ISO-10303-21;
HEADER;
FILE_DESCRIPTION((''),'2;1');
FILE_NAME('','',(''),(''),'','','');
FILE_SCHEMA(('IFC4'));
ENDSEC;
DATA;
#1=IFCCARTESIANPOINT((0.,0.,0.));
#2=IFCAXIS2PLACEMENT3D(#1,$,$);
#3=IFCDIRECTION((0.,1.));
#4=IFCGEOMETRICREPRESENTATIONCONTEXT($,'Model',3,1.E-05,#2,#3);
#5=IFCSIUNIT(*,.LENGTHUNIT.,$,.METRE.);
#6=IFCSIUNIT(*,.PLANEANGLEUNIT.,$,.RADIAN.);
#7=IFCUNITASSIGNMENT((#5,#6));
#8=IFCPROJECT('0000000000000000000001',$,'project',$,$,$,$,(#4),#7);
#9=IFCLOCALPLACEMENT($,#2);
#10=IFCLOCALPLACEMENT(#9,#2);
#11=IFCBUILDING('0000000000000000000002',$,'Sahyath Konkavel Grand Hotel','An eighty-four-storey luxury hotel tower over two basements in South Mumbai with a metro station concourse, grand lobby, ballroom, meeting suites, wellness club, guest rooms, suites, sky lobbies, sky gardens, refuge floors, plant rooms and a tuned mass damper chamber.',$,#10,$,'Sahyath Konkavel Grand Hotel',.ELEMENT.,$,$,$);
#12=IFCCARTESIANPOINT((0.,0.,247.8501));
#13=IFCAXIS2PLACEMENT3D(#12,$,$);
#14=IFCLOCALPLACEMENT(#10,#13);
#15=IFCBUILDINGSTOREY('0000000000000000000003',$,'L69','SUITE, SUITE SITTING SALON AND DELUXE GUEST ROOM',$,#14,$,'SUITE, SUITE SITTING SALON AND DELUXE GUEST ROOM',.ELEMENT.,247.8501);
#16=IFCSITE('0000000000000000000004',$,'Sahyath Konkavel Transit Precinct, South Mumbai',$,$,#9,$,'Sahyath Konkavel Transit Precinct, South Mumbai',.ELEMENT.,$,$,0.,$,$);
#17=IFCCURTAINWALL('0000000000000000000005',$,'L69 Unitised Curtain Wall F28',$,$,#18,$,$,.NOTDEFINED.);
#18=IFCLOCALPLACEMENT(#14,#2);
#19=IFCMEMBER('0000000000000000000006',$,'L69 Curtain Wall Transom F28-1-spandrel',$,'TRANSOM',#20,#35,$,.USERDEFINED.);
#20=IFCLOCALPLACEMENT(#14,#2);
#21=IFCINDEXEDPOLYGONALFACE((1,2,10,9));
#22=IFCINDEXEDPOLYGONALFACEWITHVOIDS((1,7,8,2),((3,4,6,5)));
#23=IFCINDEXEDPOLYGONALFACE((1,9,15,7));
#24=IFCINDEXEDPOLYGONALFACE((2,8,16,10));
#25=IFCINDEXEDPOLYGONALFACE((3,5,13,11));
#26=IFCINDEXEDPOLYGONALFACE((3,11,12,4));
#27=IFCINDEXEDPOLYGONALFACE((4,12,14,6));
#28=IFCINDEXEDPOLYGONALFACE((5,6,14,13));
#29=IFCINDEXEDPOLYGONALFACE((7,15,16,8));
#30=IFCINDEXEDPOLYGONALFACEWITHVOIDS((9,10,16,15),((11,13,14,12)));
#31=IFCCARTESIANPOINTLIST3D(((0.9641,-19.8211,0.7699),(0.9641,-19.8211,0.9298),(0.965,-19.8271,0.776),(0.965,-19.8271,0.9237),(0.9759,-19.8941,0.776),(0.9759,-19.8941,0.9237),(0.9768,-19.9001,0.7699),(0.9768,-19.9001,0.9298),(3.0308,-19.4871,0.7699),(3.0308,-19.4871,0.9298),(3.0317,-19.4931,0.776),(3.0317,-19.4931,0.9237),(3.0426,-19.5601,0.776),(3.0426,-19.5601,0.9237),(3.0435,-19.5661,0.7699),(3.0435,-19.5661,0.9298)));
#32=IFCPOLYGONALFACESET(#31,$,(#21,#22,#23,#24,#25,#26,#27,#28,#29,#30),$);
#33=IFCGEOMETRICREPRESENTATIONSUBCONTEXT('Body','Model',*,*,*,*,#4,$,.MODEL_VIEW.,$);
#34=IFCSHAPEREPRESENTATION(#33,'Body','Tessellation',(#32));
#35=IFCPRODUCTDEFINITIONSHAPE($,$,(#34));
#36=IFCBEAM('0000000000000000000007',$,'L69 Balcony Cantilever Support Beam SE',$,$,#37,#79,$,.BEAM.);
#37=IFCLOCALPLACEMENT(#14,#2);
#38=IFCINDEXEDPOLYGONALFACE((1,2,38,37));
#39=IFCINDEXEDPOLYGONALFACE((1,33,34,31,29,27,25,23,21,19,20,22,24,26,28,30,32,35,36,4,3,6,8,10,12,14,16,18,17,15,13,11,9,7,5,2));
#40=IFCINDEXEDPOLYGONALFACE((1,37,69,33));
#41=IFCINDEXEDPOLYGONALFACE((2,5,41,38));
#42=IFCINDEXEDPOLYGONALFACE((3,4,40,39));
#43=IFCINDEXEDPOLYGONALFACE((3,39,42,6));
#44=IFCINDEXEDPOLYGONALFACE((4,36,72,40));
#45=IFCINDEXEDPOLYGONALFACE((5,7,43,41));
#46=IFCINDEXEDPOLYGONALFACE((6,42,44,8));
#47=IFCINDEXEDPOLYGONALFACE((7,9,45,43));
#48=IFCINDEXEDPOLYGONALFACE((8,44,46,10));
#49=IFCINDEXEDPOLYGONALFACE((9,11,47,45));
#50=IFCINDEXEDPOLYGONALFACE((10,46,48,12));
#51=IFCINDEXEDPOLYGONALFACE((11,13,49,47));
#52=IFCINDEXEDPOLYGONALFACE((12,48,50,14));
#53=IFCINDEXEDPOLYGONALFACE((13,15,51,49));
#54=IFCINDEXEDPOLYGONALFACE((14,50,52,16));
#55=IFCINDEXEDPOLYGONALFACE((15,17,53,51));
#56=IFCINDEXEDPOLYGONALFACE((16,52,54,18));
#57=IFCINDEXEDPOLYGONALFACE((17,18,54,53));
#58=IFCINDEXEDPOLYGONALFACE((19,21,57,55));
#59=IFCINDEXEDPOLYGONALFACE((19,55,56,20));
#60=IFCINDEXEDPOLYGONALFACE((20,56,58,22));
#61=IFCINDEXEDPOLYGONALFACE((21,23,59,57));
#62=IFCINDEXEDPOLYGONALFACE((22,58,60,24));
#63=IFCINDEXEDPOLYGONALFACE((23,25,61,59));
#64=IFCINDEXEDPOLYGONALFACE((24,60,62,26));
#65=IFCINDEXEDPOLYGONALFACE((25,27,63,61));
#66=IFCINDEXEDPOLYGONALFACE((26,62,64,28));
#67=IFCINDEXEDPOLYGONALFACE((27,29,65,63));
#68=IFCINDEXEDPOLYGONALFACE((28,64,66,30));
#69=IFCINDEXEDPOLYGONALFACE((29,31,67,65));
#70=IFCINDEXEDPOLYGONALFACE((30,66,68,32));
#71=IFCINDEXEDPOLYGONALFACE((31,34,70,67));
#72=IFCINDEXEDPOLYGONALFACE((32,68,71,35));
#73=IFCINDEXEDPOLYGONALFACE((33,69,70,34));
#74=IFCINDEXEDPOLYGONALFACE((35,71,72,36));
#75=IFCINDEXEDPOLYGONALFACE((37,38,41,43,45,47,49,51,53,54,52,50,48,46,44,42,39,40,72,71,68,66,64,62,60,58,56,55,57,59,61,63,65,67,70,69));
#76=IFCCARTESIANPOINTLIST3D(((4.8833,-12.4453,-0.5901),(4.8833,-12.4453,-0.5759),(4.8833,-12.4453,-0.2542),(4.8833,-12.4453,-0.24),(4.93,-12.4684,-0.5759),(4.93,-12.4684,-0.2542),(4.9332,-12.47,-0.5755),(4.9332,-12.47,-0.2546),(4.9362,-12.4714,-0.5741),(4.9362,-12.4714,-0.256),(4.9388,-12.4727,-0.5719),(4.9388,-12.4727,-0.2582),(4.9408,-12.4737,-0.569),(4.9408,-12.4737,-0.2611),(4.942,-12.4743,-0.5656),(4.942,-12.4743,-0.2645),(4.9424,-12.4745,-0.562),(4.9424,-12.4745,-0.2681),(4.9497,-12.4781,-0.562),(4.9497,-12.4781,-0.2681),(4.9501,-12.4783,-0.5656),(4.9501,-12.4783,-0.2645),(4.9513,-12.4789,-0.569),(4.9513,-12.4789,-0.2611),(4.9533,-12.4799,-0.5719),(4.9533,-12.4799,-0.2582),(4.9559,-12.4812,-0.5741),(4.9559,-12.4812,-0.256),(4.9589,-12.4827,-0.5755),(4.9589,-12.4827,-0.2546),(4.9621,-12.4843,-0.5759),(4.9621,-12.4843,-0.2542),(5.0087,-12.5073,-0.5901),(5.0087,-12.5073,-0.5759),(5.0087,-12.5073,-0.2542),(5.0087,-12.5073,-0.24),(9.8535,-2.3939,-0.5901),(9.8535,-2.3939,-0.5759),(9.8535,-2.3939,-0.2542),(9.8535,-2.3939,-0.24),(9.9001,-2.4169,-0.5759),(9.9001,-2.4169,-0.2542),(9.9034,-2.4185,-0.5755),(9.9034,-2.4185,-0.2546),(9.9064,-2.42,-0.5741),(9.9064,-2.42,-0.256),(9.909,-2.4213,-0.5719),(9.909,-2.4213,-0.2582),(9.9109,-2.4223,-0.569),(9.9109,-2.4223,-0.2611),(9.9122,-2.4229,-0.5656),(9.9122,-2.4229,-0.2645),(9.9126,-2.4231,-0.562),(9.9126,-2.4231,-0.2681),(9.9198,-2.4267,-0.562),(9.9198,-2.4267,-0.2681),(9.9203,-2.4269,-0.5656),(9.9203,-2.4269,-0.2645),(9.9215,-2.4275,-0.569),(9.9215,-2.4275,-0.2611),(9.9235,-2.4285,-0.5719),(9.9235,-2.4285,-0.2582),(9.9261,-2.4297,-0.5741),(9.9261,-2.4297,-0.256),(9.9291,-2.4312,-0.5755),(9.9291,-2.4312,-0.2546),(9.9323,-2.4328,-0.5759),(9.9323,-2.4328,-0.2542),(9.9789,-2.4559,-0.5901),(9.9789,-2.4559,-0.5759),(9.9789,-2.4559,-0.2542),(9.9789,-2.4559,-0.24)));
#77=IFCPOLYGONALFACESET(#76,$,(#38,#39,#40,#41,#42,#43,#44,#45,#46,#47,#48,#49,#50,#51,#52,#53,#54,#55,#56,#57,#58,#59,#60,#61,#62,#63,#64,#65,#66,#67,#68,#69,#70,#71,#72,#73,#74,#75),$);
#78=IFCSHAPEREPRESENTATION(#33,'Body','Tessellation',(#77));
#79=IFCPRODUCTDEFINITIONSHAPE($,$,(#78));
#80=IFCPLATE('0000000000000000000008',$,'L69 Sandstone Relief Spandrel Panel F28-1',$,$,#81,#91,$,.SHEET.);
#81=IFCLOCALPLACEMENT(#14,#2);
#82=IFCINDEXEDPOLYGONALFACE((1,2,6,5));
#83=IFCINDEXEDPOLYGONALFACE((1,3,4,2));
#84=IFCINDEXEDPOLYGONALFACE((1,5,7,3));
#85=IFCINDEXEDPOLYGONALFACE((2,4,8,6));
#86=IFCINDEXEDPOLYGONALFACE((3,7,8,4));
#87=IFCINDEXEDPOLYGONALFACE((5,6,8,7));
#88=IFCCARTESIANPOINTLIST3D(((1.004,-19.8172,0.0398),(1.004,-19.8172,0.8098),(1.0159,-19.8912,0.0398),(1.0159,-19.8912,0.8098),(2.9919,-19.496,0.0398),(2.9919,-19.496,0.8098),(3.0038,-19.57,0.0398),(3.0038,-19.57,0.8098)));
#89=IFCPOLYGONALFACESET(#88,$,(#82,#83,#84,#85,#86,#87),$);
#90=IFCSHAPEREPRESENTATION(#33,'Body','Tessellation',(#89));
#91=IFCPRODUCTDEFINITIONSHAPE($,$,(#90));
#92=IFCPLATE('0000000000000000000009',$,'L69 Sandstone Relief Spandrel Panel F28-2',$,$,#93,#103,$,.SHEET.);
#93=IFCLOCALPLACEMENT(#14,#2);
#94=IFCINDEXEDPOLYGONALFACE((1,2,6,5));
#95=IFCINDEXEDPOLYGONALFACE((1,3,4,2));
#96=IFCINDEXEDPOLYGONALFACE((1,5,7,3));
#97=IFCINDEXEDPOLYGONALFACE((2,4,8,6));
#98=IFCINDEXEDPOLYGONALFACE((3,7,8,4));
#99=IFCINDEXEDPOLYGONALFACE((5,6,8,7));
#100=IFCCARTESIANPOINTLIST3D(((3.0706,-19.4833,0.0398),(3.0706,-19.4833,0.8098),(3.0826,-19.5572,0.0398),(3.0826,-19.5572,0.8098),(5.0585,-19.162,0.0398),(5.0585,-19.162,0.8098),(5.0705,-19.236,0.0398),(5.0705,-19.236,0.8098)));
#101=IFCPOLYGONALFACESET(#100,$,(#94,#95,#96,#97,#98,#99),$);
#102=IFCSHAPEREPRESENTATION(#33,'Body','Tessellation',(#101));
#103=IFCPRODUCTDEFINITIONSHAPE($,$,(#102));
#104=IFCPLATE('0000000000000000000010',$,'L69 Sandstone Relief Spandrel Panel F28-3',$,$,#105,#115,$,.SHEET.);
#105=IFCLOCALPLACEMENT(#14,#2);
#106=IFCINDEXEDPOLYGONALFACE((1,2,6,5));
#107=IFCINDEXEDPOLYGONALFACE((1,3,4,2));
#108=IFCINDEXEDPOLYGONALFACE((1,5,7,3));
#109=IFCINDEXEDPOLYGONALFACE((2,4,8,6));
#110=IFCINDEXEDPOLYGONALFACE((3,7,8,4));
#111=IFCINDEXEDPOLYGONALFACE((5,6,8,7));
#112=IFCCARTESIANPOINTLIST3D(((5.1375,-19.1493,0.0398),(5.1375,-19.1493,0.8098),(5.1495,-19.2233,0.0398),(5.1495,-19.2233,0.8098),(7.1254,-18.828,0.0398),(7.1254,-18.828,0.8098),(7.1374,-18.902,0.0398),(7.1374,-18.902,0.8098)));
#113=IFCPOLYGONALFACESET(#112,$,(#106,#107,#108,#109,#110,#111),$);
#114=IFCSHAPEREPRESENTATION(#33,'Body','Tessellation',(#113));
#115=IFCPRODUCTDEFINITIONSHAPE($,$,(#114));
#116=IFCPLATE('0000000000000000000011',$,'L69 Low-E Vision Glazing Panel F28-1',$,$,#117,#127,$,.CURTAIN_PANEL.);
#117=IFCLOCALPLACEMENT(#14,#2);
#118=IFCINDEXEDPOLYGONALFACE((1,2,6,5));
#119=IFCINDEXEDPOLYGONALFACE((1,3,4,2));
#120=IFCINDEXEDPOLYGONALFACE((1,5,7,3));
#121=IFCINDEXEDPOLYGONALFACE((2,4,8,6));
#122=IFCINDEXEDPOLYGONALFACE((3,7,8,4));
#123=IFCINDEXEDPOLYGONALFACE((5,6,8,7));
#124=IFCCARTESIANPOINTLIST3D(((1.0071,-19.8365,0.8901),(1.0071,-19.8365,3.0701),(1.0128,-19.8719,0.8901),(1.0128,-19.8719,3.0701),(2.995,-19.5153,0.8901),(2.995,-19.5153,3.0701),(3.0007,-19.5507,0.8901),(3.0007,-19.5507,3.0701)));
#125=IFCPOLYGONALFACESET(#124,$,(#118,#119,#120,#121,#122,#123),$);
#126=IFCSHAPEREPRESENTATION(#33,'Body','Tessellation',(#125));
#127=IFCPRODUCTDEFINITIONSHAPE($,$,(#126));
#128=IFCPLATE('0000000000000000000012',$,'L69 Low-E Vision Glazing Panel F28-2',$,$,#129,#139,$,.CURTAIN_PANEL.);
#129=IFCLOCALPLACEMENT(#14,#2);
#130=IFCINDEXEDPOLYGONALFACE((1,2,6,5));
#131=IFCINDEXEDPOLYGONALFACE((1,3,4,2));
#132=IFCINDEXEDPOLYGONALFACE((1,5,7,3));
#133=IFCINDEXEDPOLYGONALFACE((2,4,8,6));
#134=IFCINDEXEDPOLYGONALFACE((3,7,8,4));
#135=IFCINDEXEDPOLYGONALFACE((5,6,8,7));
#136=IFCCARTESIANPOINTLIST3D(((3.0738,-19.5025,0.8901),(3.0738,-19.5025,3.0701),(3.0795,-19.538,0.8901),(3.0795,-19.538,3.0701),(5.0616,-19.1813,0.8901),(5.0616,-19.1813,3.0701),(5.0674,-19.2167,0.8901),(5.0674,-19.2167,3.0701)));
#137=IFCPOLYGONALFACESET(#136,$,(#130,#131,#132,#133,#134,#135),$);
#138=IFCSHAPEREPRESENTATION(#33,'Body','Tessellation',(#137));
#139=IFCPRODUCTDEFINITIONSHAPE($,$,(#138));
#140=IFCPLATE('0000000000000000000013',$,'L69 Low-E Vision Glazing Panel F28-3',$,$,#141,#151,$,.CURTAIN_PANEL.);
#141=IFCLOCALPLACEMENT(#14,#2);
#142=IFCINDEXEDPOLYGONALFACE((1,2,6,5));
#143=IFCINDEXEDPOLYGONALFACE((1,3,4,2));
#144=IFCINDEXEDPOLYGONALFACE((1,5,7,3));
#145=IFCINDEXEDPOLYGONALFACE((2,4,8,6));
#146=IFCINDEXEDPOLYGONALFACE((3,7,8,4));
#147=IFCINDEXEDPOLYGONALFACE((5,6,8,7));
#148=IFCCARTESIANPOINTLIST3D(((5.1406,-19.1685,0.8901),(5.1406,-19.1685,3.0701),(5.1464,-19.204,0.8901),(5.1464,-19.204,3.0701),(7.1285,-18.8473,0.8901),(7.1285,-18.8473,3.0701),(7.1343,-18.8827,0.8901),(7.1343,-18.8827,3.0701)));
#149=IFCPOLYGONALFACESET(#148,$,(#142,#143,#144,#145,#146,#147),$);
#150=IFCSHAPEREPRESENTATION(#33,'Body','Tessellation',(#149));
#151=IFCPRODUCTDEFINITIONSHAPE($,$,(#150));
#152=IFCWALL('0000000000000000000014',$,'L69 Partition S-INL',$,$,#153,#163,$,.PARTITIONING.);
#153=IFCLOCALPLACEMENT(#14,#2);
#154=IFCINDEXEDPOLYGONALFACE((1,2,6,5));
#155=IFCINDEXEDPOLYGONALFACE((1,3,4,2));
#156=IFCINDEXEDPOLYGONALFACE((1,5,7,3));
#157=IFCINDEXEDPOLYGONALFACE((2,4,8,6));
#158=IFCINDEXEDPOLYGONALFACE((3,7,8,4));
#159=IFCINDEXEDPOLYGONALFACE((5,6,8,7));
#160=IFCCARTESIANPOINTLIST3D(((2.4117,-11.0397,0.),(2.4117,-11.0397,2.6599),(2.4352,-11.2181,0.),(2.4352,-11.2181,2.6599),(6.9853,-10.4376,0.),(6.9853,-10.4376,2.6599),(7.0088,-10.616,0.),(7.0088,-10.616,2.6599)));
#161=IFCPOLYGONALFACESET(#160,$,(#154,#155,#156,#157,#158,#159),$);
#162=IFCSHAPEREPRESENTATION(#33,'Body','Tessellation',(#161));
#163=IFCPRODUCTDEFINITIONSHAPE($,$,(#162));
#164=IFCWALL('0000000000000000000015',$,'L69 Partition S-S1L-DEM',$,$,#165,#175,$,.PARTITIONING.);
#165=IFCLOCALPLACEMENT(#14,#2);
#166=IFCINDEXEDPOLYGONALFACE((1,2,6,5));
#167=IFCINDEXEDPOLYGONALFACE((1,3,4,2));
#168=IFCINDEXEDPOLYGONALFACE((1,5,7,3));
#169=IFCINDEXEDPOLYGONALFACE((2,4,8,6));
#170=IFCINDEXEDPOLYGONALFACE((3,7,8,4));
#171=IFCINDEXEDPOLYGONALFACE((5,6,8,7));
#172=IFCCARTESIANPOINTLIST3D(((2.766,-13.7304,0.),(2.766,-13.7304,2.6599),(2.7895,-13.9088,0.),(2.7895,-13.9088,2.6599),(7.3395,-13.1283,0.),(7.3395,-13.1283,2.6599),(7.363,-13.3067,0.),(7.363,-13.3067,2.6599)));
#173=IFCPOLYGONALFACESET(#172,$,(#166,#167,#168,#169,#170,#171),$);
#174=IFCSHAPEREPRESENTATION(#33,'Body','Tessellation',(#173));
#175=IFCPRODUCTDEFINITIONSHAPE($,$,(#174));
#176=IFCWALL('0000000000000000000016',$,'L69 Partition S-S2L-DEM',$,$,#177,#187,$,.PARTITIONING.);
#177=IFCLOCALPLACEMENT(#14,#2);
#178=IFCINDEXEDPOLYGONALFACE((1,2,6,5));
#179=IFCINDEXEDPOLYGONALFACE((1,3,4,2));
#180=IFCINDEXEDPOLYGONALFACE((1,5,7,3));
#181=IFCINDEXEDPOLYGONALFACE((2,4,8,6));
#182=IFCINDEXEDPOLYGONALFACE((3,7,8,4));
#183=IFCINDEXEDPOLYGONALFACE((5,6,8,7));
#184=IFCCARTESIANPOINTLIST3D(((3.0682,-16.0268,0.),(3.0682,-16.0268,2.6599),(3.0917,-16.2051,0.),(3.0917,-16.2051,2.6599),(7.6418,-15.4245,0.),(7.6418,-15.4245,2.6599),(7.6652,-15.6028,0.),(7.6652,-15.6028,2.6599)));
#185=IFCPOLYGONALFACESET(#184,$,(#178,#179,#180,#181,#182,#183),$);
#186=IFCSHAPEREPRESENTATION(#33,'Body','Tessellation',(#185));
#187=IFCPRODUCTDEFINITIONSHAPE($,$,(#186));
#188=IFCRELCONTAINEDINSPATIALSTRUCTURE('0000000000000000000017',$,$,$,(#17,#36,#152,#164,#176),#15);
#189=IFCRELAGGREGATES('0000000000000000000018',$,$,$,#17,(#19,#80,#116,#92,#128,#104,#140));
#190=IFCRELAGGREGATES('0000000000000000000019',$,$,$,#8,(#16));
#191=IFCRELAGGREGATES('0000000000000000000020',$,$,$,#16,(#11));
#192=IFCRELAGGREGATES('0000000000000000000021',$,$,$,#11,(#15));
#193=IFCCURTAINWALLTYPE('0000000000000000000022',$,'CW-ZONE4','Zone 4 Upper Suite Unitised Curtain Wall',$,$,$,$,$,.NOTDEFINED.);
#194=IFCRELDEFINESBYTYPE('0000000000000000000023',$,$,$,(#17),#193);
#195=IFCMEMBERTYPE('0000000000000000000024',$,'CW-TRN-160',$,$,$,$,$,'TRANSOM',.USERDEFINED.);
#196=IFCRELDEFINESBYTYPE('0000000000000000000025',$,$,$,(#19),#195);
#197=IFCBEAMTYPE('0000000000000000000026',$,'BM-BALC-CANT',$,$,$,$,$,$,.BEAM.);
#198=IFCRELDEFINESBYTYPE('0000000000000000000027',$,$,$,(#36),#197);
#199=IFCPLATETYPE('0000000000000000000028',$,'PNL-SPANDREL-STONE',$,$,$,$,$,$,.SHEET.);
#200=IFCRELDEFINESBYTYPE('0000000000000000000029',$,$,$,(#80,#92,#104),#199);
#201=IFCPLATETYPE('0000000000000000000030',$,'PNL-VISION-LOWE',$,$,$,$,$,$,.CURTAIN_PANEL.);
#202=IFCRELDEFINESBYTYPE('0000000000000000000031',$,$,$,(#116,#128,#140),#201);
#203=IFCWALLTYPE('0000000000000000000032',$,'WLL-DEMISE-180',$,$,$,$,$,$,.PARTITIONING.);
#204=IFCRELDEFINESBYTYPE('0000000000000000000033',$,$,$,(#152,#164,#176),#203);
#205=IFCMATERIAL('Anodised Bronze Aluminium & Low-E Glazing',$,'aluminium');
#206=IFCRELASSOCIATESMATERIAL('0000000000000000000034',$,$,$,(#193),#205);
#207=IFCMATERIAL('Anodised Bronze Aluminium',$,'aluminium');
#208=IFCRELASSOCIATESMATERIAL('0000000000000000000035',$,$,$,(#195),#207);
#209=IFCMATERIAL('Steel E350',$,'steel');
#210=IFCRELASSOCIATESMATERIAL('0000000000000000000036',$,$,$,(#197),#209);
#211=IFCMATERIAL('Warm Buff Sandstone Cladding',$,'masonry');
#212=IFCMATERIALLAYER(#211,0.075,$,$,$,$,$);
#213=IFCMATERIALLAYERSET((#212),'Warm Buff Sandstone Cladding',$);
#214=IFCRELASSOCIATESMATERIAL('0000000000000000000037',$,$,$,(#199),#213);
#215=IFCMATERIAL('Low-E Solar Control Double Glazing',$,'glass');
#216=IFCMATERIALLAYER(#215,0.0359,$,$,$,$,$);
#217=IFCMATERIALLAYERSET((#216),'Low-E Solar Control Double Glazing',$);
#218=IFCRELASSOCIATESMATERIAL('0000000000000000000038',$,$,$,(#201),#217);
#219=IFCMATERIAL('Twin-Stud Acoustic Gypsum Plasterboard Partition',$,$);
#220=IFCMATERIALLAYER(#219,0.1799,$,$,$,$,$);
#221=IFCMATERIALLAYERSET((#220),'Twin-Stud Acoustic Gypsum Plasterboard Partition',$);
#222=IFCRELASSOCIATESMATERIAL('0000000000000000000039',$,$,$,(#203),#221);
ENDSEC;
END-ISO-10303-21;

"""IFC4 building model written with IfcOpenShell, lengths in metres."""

from ifc_helpers import new_model, si_unit, direction, frame, frame_2d, origin, origin_2d, place, context, subcontext, project, spatial, rectangle, hollow_rectangle, i_section, extrude, source, transform, mapped, material, layer, layer_set, material_profile, profile_set, type_object, element, aggregate, save


model = new_model("IFC4")

# Units and contexts
model_context = context("Model", 3, precision=1e-05, world=origin(), true_north=direction((0.0, 1.0)))
body_context = subcontext(model_context, "Body", "Model", "MODEL_VIEW")
ifc_project = project(units=[si_unit("LENGTHUNIT", "METRE"), si_unit("PLANEANGLEUNIT", "RADIAN")], contexts=[model_context])

# Site, building, storey
site_placement = place(None, origin())
site = spatial("IfcSite", under=ifc_project, at=site_placement, Name="Sahyath Konkavel Transit Precinct, South Mumbai", LongName="Sahyath Konkavel Transit Precinct, South Mumbai", CompositionType="ELEMENT", RefElevation=0.0)
building_placement = place(site_placement, origin())
building = spatial("IfcBuilding", under=site, at=building_placement, Name="Sahyath Konkavel Grand Hotel", Description="An eighty-four-storey luxury hotel tower over two basements in South Mumbai with a metro station concourse, grand lobby, ballroom, meeting suites, wellness club, guest rooms, suites, sky lobbies, sky gardens, refuge floors, plant rooms and a tuned mass damper chamber.", LongName="Sahyath Konkavel Grand Hotel", CompositionType="ELEMENT")
storey_placement = place(building_placement, frame((0.0, 0.0, 247.8501)))
storey = spatial("IfcBuildingStorey", under=building, at=storey_placement, Name="L69", Description="SUITE, SUITE SITTING SALON AND DELUXE GUEST ROOM", LongName="SUITE, SUITE SITTING SALON AND DELUXE GUEST ROOM", CompositionType="ELEMENT", Elevation=247.8501)

# Shared definitions
ifc_material_1 = material(Name="Steel E350", Category="steel")

# Curtain wall, member
ifc_material_2 = material(Name="Anodised Bronze Aluminium & Low-E Glazing", Category="aluminium")
curtain_wall_type = type_object("IfcCurtainWallType", Name="CW-ZONE4", Description="Zone 4 Upper Suite Unitised Curtain Wall", PredefinedType="NOTDEFINED", material=ifc_material_2)
curtain_wall_placement = place(storey_placement, origin())
curtain_wall = element("IfcCurtainWall", 1, at=curtain_wall_placement, inside=storey, type_object=curtain_wall_type, Name="L69 Unitised Curtain Wall F28", PredefinedType="NOTDEFINED")
ifc_material_3 = material(Name="Anodised Bronze Aluminium", Category="aluminium")
ifc_material_profile_1 = material_profile(ifc_material_3, hollow_rectangle(XDim=0.0801, YDim=0.1599, WallThickness=0.0061, at=origin_2d()), Name="RHS 160x80x6")
ifc_profile_set_1 = profile_set([ifc_material_profile_1], Name="Anodised Bronze Aluminium")
member_type_1 = type_object("IfcMemberType", Name="CW-TRN-160", ElementType="TRANSOM", PredefinedType="USERDEFINED", material=ifc_profile_set_1)
shared_shape_1 = source(origin(), body_context, "Body", "SweptSolid", [
    extrude(hollow_rectangle(XDim=0.0801, YDim=0.1599, WallThickness=0.0061, at=origin_2d()), origin(), (0.0, 0.0, 1.0), 2.0935),
])
member_1_placement = place(storey_placement, frame((0.9705, -19.8606, 0.8499), z_axis=(0.987192, 0.159537, 0.0), x_axis=(-0.159537, 0.987192, 0.0)))
member_1 = element("IfcMember", 2, at=member_1_placement, type_object=member_type_1, Name="L69 Curtain Wall Transom F28-1-spandrel", ObjectType="TRANSOM", PredefinedType="USERDEFINED", context=body_context, shape_type="MappedRepresentation", body=[
    mapped(shared_shape_1, transform((0.0, 0.0, 0.0), scale=1.0)),
])

# Beam
ifc_material_profile_2 = material_profile(ifc_material_1, i_section(OverallWidth=0.1399, OverallDepth=0.3501, WebThickness=0.0081, FlangeThickness=0.0142, FilletRadius=0.0139, at=origin_2d()), Name="ISMB 350")
ifc_profile_set_2 = profile_set([ifc_material_profile_2], Name="Steel E350")
beam_type_1 = type_object("IfcBeamType", Name="BM-BALC-CANT", PredefinedType="BEAM", material=ifc_profile_set_2)
shared_shape_2 = source(origin(), body_context, "Body", "SweptSolid", [
    extrude(i_section(OverallWidth=0.1399, OverallDepth=0.3501, WebThickness=0.0081, FlangeThickness=0.0142, FilletRadius=0.0139, at=origin_2d()), origin(), (0.0, 0.0, 1.0), 11.2131),
])
beam_1_placement = place(storey_placement, frame((4.946, -12.4763, -0.415), z_axis=(0.443247, 0.8964, 0.0), x_axis=(-0.8964, 0.443247, 0.0)))
element("IfcBeam", 3, at=beam_1_placement, inside=storey, type_object=beam_type_1, Name="L69 Balcony Cantilever Support Beam SE", PredefinedType="BEAM", context=body_context, shape_type="MappedRepresentation", body=[
    mapped(shared_shape_2, transform((0.0, 0.0, 0.0), scale=1.0)),
])

# Plates
ifc_material_4 = material(Name="Warm Buff Sandstone Cladding", Category="masonry")
ifc_layer_1 = layer(ifc_material_4, 0.075)
ifc_layer_set_1 = layer_set([ifc_layer_1], Name="Warm Buff Sandstone Cladding")
plate_type_1 = type_object("IfcPlateType", Name="PNL-SPANDREL-STONE", PredefinedType="SHEET", material=ifc_layer_set_1)
shared_shape_3 = source(origin(), body_context, "Body", "SweptSolid", [
    extrude(rectangle(XDim=2.0137, YDim=0.075, at=origin_2d()), origin(), (0.0, 0.0, 1.0), 0.77),
])
plate_1_placement = place(storey_placement, frame((2.0039, -19.6936, 0.0398), z_axis=(0.0, 0.0, 1.0), x_axis=(0.987192, 0.159537, 0.0)))
plate_1 = element("IfcPlate", 4, at=plate_1_placement, type_object=plate_type_1, Name="L69 Sandstone Relief Spandrel Panel F28-1", PredefinedType="SHEET", context=body_context, shape_type="MappedRepresentation", body=[
    mapped(shared_shape_3, transform((0.0, 0.0, 0.0), scale=1.0)),
])
plate_2_placement = place(storey_placement, frame((4.0706, -19.3596, 0.0398), z_axis=(0.0, 0.0, 1.0), x_axis=(0.987192, 0.159537, 0.0)))
plate_2 = element("IfcPlate", 5, at=plate_2_placement, type_object=plate_type_1, Name="L69 Sandstone Relief Spandrel Panel F28-2", PredefinedType="SHEET", context=body_context, shape_type="MappedRepresentation", body=[
    mapped(shared_shape_3, transform((0.0, 0.0, 0.0), scale=1.0)),
])
plate_3_placement = place(storey_placement, frame((6.1375, -19.0256, 0.0398), z_axis=(0.0, 0.0, 1.0), x_axis=(0.987192, 0.159537, 0.0)))
plate_3 = element("IfcPlate", 6, at=plate_3_placement, type_object=plate_type_1, Name="L69 Sandstone Relief Spandrel Panel F28-3", PredefinedType="SHEET", context=body_context, shape_type="MappedRepresentation", body=[
    mapped(shared_shape_3, transform((0.0, 0.0, 0.0), scale=1.0)),
])
ifc_material_5 = material(Name="Low-E Solar Control Double Glazing", Category="glass")
ifc_layer_2 = layer(ifc_material_5, 0.0359)
ifc_layer_set_2 = layer_set([ifc_layer_2], Name="Low-E Solar Control Double Glazing")
plate_type_2 = type_object("IfcPlateType", Name="PNL-VISION-LOWE", PredefinedType="CURTAIN_PANEL", material=ifc_layer_set_2)
shared_shape_4 = source(origin(), body_context, "Body", "SweptSolid", [
    extrude(rectangle(XDim=2.0137, YDim=0.0359, at=origin_2d()), origin(), (0.0, 0.0, 1.0), 2.1799),
])
plate_4_placement = place(storey_placement, frame((2.0039, -19.6936, 0.8901), z_axis=(0.0, 0.0, 1.0), x_axis=(0.987192, 0.159537, 0.0)))
plate_4 = element("IfcPlate", 7, at=plate_4_placement, type_object=plate_type_2, Name="L69 Low-E Vision Glazing Panel F28-1", PredefinedType="CURTAIN_PANEL", context=body_context, shape_type="MappedRepresentation", body=[
    mapped(shared_shape_4, transform((0.0, 0.0, 0.0), scale=1.0)),
])
plate_5_placement = place(storey_placement, frame((4.0706, -19.3596, 0.8901), z_axis=(0.0, 0.0, 1.0), x_axis=(0.987192, 0.159537, 0.0)))
plate_5 = element("IfcPlate", 8, at=plate_5_placement, type_object=plate_type_2, Name="L69 Low-E Vision Glazing Panel F28-2", PredefinedType="CURTAIN_PANEL", context=body_context, shape_type="MappedRepresentation", body=[
    mapped(shared_shape_4, transform((0.0, 0.0, 0.0), scale=1.0)),
])
plate_6_placement = place(storey_placement, frame((6.1375, -19.0256, 0.8901), z_axis=(0.0, 0.0, 1.0), x_axis=(0.987192, 0.159537, 0.0)))
plate_6 = element("IfcPlate", 9, at=plate_6_placement, type_object=plate_type_2, Name="L69 Low-E Vision Glazing Panel F28-3", PredefinedType="CURTAIN_PANEL", context=body_context, shape_type="MappedRepresentation", body=[
    mapped(shared_shape_4, transform((0.0, 0.0, 0.0), scale=1.0)),
])
aggregate(curtain_wall, [member_1, plate_1, plate_4, plate_2, plate_5, plate_3, plate_6])

# Walls
ifc_material_6 = material(Name="Twin-Stud Acoustic Gypsum Plasterboard Partition")
ifc_layer_3 = layer(ifc_material_6, 0.1799)
ifc_layer_set_3 = layer_set([ifc_layer_3], Name="Twin-Stud Acoustic Gypsum Plasterboard Partition")
wall_type_1 = type_object("IfcWallType", Name="WLL-DEMISE-180", PredefinedType="PARTITIONING", material=ifc_layer_set_3)
for number, where, z_axis, x_axis, name in (
    (10, (2.4233, -11.1289, 0.0), (0.0, 0.0, 1.0), (0.991447, 0.130513, 0.0), "L69 Partition S-INL"),
    (11, (2.7776, -13.8196, 0.0), (0.0, 0.0, 1.0), (0.991447, 0.130513, 0.0), "L69 Partition S-S1L-DEM"),
    (12, (3.0798, -16.116, 0.0), (0.0, 0.0, 1.0), (0.99144, 0.130565, 0.0), "L69 Partition S-S2L-DEM"),
):
    element("IfcWall", number, at=place(storey_placement, frame(where, z_axis=z_axis, x_axis=x_axis)), inside=storey, type_object=wall_type_1, Name=name, PredefinedType="PARTITIONING", context=body_context, shape_type="SweptSolid", body=[
        extrude(rectangle(XDim=4.613, YDim=0.1799, at=frame_2d((2.3066, 0.0))), origin(), (0.0, 0.0, 1.0), 2.6599),
    ])

save(model, "model.ifc")
